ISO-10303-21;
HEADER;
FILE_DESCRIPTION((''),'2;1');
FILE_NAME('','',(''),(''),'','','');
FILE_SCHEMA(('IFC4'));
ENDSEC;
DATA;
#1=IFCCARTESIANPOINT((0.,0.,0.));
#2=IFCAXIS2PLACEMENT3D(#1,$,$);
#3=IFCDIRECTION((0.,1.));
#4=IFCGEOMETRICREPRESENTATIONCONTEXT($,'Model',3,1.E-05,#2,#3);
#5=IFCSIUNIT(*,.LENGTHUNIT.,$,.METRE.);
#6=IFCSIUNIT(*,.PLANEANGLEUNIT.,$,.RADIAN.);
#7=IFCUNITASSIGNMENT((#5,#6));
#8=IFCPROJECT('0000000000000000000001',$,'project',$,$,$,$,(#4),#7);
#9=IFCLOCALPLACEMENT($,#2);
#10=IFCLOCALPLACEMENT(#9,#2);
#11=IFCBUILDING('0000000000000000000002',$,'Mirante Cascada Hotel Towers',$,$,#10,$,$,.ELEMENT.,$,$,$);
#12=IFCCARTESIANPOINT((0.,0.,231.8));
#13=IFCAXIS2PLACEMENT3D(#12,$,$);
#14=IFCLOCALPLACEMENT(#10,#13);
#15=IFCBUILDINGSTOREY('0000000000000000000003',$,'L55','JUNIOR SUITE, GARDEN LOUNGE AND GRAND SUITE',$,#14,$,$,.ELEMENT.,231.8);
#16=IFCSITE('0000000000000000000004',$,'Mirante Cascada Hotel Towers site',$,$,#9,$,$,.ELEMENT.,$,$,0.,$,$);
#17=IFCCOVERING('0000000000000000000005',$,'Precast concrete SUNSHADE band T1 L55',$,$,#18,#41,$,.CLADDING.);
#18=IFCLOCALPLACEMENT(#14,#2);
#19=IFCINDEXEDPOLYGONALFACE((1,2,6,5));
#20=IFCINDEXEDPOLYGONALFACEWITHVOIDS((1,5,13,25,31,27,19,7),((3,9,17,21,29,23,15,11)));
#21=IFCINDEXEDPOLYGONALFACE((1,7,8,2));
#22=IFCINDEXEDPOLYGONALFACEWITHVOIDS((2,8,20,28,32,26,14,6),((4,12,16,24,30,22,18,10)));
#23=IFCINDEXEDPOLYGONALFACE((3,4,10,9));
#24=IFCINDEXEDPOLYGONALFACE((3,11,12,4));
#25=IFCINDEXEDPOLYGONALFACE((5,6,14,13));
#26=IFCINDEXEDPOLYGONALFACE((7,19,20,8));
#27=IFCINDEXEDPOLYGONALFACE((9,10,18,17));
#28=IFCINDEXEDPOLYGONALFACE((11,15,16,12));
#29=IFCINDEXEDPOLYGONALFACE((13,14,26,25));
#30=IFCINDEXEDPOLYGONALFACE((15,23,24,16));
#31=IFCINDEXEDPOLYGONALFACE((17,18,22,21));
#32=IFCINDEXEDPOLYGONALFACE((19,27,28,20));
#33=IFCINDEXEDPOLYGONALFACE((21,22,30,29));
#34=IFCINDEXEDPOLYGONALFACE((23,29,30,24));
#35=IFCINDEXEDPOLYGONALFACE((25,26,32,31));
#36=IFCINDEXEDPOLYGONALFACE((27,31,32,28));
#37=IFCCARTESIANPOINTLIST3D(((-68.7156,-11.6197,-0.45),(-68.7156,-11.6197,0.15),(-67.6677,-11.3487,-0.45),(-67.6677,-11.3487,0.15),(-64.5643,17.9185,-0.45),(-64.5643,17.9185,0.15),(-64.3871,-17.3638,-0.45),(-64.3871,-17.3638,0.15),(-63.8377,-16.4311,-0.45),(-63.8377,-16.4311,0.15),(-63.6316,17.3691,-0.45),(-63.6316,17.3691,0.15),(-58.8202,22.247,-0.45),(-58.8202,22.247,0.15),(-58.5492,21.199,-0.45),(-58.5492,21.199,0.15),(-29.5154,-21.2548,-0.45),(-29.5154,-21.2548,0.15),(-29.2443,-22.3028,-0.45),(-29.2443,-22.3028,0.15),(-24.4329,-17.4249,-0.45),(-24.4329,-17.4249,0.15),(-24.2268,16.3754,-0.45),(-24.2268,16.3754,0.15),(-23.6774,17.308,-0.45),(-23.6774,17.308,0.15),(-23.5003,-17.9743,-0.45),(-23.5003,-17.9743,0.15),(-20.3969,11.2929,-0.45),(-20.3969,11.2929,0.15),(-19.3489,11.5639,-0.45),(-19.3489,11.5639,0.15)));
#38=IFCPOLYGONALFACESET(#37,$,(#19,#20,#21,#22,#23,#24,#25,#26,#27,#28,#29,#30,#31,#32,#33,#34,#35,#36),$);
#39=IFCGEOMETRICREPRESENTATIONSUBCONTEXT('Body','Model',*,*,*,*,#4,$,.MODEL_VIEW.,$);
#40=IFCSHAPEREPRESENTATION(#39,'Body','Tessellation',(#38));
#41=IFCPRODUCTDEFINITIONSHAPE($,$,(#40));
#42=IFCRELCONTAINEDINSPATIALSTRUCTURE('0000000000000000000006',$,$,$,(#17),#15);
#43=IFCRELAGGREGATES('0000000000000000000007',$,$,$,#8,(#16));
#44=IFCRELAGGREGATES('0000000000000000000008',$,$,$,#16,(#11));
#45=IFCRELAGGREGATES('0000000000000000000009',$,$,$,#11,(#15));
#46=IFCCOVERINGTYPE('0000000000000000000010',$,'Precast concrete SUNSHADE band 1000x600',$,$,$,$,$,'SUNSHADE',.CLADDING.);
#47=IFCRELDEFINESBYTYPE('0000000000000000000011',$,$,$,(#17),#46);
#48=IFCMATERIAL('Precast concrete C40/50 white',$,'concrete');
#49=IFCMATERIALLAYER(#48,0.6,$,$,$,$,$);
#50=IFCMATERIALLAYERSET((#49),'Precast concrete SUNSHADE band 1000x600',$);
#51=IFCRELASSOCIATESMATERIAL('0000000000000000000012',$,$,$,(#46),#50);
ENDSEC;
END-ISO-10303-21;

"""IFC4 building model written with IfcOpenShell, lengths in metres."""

from ifc_helpers import new_model, si_unit, direction, frame, origin, place, context, subcontext, project, spatial, polyline, outline, extrude, material, layer, layer_set, type_object, element, save


model = new_model("IFC4")

# Units and contexts
model_context = context("Model", 3, precision=1e-05, world=origin(), true_north=direction((0.0, 1.0)))
body_context = subcontext(model_context, "Body", "Model", "MODEL_VIEW")
ifc_project = project(units=[si_unit("LENGTHUNIT", "METRE"), si_unit("PLANEANGLEUNIT", "RADIAN")], contexts=[model_context])

# Site, building, storey
site_placement = place(None, origin())
site = spatial("IfcSite", under=ifc_project, at=site_placement, Name="Mirante Cascada Hotel Towers site", CompositionType="ELEMENT", RefElevation=0.0)
building_placement = place(site_placement, origin())
building = spatial("IfcBuilding", under=site, at=building_placement, Name="Mirante Cascada Hotel Towers", CompositionType="ELEMENT")
storey_placement = place(building_placement, frame((0.0, 0.0, 231.8)))
storey = spatial("IfcBuildingStorey", under=building, at=storey_placement, Name="L55", Description="JUNIOR SUITE, GARDEN LOUNGE AND GRAND SUITE", CompositionType="ELEMENT", Elevation=231.8)

# Covering
ifc_material_1 = material(Name="Precast concrete C40/50 white", Category="concrete")
ifc_layer_1 = layer(ifc_material_1, 0.6)
ifc_layer_set_1 = layer_set([ifc_layer_1], Name="Precast concrete SUNSHADE band 1000x600")
covering_type = type_object("IfcCoveringType", Name="Precast concrete SUNSHADE band 1000x600", ElementType="SUNSHADE", PredefinedType="CLADDING", material=ifc_layer_set_1)
covering_placement = place(storey_placement, frame((0.0, 0.0, -0.45)))
element("IfcCovering", 1, at=covering_placement, inside=storey, type_object=covering_type, Name="Precast concrete SUNSHADE band T1 L55", PredefinedType="CLADDING", context=body_context, shape_type="SweptSolid", body=[
    extrude(outline(polyline([(-68.7156, -11.6197), (-64.5643, 17.9185), (-58.8202, 22.247), (-23.6774, 17.308), (-19.3489, 11.5639), (-23.5003, -17.9743), (-29.2443, -22.3028), (-64.3871, -17.3638), (-68.7156, -11.6197)]), holes=[polyline([(-20.3969, 11.2929), (-24.2268, 16.3754), (-58.5492, 21.199), (-63.6316, 17.3691), (-67.6677, -11.3487), (-63.8377, -16.4311), (-29.5154, -21.2548), (-24.4329, -17.4249), (-20.3969, 11.2929)])]), origin(), (0.0, 0.0, 1.0), 0.6),
])

save(model, "model.ifc")
